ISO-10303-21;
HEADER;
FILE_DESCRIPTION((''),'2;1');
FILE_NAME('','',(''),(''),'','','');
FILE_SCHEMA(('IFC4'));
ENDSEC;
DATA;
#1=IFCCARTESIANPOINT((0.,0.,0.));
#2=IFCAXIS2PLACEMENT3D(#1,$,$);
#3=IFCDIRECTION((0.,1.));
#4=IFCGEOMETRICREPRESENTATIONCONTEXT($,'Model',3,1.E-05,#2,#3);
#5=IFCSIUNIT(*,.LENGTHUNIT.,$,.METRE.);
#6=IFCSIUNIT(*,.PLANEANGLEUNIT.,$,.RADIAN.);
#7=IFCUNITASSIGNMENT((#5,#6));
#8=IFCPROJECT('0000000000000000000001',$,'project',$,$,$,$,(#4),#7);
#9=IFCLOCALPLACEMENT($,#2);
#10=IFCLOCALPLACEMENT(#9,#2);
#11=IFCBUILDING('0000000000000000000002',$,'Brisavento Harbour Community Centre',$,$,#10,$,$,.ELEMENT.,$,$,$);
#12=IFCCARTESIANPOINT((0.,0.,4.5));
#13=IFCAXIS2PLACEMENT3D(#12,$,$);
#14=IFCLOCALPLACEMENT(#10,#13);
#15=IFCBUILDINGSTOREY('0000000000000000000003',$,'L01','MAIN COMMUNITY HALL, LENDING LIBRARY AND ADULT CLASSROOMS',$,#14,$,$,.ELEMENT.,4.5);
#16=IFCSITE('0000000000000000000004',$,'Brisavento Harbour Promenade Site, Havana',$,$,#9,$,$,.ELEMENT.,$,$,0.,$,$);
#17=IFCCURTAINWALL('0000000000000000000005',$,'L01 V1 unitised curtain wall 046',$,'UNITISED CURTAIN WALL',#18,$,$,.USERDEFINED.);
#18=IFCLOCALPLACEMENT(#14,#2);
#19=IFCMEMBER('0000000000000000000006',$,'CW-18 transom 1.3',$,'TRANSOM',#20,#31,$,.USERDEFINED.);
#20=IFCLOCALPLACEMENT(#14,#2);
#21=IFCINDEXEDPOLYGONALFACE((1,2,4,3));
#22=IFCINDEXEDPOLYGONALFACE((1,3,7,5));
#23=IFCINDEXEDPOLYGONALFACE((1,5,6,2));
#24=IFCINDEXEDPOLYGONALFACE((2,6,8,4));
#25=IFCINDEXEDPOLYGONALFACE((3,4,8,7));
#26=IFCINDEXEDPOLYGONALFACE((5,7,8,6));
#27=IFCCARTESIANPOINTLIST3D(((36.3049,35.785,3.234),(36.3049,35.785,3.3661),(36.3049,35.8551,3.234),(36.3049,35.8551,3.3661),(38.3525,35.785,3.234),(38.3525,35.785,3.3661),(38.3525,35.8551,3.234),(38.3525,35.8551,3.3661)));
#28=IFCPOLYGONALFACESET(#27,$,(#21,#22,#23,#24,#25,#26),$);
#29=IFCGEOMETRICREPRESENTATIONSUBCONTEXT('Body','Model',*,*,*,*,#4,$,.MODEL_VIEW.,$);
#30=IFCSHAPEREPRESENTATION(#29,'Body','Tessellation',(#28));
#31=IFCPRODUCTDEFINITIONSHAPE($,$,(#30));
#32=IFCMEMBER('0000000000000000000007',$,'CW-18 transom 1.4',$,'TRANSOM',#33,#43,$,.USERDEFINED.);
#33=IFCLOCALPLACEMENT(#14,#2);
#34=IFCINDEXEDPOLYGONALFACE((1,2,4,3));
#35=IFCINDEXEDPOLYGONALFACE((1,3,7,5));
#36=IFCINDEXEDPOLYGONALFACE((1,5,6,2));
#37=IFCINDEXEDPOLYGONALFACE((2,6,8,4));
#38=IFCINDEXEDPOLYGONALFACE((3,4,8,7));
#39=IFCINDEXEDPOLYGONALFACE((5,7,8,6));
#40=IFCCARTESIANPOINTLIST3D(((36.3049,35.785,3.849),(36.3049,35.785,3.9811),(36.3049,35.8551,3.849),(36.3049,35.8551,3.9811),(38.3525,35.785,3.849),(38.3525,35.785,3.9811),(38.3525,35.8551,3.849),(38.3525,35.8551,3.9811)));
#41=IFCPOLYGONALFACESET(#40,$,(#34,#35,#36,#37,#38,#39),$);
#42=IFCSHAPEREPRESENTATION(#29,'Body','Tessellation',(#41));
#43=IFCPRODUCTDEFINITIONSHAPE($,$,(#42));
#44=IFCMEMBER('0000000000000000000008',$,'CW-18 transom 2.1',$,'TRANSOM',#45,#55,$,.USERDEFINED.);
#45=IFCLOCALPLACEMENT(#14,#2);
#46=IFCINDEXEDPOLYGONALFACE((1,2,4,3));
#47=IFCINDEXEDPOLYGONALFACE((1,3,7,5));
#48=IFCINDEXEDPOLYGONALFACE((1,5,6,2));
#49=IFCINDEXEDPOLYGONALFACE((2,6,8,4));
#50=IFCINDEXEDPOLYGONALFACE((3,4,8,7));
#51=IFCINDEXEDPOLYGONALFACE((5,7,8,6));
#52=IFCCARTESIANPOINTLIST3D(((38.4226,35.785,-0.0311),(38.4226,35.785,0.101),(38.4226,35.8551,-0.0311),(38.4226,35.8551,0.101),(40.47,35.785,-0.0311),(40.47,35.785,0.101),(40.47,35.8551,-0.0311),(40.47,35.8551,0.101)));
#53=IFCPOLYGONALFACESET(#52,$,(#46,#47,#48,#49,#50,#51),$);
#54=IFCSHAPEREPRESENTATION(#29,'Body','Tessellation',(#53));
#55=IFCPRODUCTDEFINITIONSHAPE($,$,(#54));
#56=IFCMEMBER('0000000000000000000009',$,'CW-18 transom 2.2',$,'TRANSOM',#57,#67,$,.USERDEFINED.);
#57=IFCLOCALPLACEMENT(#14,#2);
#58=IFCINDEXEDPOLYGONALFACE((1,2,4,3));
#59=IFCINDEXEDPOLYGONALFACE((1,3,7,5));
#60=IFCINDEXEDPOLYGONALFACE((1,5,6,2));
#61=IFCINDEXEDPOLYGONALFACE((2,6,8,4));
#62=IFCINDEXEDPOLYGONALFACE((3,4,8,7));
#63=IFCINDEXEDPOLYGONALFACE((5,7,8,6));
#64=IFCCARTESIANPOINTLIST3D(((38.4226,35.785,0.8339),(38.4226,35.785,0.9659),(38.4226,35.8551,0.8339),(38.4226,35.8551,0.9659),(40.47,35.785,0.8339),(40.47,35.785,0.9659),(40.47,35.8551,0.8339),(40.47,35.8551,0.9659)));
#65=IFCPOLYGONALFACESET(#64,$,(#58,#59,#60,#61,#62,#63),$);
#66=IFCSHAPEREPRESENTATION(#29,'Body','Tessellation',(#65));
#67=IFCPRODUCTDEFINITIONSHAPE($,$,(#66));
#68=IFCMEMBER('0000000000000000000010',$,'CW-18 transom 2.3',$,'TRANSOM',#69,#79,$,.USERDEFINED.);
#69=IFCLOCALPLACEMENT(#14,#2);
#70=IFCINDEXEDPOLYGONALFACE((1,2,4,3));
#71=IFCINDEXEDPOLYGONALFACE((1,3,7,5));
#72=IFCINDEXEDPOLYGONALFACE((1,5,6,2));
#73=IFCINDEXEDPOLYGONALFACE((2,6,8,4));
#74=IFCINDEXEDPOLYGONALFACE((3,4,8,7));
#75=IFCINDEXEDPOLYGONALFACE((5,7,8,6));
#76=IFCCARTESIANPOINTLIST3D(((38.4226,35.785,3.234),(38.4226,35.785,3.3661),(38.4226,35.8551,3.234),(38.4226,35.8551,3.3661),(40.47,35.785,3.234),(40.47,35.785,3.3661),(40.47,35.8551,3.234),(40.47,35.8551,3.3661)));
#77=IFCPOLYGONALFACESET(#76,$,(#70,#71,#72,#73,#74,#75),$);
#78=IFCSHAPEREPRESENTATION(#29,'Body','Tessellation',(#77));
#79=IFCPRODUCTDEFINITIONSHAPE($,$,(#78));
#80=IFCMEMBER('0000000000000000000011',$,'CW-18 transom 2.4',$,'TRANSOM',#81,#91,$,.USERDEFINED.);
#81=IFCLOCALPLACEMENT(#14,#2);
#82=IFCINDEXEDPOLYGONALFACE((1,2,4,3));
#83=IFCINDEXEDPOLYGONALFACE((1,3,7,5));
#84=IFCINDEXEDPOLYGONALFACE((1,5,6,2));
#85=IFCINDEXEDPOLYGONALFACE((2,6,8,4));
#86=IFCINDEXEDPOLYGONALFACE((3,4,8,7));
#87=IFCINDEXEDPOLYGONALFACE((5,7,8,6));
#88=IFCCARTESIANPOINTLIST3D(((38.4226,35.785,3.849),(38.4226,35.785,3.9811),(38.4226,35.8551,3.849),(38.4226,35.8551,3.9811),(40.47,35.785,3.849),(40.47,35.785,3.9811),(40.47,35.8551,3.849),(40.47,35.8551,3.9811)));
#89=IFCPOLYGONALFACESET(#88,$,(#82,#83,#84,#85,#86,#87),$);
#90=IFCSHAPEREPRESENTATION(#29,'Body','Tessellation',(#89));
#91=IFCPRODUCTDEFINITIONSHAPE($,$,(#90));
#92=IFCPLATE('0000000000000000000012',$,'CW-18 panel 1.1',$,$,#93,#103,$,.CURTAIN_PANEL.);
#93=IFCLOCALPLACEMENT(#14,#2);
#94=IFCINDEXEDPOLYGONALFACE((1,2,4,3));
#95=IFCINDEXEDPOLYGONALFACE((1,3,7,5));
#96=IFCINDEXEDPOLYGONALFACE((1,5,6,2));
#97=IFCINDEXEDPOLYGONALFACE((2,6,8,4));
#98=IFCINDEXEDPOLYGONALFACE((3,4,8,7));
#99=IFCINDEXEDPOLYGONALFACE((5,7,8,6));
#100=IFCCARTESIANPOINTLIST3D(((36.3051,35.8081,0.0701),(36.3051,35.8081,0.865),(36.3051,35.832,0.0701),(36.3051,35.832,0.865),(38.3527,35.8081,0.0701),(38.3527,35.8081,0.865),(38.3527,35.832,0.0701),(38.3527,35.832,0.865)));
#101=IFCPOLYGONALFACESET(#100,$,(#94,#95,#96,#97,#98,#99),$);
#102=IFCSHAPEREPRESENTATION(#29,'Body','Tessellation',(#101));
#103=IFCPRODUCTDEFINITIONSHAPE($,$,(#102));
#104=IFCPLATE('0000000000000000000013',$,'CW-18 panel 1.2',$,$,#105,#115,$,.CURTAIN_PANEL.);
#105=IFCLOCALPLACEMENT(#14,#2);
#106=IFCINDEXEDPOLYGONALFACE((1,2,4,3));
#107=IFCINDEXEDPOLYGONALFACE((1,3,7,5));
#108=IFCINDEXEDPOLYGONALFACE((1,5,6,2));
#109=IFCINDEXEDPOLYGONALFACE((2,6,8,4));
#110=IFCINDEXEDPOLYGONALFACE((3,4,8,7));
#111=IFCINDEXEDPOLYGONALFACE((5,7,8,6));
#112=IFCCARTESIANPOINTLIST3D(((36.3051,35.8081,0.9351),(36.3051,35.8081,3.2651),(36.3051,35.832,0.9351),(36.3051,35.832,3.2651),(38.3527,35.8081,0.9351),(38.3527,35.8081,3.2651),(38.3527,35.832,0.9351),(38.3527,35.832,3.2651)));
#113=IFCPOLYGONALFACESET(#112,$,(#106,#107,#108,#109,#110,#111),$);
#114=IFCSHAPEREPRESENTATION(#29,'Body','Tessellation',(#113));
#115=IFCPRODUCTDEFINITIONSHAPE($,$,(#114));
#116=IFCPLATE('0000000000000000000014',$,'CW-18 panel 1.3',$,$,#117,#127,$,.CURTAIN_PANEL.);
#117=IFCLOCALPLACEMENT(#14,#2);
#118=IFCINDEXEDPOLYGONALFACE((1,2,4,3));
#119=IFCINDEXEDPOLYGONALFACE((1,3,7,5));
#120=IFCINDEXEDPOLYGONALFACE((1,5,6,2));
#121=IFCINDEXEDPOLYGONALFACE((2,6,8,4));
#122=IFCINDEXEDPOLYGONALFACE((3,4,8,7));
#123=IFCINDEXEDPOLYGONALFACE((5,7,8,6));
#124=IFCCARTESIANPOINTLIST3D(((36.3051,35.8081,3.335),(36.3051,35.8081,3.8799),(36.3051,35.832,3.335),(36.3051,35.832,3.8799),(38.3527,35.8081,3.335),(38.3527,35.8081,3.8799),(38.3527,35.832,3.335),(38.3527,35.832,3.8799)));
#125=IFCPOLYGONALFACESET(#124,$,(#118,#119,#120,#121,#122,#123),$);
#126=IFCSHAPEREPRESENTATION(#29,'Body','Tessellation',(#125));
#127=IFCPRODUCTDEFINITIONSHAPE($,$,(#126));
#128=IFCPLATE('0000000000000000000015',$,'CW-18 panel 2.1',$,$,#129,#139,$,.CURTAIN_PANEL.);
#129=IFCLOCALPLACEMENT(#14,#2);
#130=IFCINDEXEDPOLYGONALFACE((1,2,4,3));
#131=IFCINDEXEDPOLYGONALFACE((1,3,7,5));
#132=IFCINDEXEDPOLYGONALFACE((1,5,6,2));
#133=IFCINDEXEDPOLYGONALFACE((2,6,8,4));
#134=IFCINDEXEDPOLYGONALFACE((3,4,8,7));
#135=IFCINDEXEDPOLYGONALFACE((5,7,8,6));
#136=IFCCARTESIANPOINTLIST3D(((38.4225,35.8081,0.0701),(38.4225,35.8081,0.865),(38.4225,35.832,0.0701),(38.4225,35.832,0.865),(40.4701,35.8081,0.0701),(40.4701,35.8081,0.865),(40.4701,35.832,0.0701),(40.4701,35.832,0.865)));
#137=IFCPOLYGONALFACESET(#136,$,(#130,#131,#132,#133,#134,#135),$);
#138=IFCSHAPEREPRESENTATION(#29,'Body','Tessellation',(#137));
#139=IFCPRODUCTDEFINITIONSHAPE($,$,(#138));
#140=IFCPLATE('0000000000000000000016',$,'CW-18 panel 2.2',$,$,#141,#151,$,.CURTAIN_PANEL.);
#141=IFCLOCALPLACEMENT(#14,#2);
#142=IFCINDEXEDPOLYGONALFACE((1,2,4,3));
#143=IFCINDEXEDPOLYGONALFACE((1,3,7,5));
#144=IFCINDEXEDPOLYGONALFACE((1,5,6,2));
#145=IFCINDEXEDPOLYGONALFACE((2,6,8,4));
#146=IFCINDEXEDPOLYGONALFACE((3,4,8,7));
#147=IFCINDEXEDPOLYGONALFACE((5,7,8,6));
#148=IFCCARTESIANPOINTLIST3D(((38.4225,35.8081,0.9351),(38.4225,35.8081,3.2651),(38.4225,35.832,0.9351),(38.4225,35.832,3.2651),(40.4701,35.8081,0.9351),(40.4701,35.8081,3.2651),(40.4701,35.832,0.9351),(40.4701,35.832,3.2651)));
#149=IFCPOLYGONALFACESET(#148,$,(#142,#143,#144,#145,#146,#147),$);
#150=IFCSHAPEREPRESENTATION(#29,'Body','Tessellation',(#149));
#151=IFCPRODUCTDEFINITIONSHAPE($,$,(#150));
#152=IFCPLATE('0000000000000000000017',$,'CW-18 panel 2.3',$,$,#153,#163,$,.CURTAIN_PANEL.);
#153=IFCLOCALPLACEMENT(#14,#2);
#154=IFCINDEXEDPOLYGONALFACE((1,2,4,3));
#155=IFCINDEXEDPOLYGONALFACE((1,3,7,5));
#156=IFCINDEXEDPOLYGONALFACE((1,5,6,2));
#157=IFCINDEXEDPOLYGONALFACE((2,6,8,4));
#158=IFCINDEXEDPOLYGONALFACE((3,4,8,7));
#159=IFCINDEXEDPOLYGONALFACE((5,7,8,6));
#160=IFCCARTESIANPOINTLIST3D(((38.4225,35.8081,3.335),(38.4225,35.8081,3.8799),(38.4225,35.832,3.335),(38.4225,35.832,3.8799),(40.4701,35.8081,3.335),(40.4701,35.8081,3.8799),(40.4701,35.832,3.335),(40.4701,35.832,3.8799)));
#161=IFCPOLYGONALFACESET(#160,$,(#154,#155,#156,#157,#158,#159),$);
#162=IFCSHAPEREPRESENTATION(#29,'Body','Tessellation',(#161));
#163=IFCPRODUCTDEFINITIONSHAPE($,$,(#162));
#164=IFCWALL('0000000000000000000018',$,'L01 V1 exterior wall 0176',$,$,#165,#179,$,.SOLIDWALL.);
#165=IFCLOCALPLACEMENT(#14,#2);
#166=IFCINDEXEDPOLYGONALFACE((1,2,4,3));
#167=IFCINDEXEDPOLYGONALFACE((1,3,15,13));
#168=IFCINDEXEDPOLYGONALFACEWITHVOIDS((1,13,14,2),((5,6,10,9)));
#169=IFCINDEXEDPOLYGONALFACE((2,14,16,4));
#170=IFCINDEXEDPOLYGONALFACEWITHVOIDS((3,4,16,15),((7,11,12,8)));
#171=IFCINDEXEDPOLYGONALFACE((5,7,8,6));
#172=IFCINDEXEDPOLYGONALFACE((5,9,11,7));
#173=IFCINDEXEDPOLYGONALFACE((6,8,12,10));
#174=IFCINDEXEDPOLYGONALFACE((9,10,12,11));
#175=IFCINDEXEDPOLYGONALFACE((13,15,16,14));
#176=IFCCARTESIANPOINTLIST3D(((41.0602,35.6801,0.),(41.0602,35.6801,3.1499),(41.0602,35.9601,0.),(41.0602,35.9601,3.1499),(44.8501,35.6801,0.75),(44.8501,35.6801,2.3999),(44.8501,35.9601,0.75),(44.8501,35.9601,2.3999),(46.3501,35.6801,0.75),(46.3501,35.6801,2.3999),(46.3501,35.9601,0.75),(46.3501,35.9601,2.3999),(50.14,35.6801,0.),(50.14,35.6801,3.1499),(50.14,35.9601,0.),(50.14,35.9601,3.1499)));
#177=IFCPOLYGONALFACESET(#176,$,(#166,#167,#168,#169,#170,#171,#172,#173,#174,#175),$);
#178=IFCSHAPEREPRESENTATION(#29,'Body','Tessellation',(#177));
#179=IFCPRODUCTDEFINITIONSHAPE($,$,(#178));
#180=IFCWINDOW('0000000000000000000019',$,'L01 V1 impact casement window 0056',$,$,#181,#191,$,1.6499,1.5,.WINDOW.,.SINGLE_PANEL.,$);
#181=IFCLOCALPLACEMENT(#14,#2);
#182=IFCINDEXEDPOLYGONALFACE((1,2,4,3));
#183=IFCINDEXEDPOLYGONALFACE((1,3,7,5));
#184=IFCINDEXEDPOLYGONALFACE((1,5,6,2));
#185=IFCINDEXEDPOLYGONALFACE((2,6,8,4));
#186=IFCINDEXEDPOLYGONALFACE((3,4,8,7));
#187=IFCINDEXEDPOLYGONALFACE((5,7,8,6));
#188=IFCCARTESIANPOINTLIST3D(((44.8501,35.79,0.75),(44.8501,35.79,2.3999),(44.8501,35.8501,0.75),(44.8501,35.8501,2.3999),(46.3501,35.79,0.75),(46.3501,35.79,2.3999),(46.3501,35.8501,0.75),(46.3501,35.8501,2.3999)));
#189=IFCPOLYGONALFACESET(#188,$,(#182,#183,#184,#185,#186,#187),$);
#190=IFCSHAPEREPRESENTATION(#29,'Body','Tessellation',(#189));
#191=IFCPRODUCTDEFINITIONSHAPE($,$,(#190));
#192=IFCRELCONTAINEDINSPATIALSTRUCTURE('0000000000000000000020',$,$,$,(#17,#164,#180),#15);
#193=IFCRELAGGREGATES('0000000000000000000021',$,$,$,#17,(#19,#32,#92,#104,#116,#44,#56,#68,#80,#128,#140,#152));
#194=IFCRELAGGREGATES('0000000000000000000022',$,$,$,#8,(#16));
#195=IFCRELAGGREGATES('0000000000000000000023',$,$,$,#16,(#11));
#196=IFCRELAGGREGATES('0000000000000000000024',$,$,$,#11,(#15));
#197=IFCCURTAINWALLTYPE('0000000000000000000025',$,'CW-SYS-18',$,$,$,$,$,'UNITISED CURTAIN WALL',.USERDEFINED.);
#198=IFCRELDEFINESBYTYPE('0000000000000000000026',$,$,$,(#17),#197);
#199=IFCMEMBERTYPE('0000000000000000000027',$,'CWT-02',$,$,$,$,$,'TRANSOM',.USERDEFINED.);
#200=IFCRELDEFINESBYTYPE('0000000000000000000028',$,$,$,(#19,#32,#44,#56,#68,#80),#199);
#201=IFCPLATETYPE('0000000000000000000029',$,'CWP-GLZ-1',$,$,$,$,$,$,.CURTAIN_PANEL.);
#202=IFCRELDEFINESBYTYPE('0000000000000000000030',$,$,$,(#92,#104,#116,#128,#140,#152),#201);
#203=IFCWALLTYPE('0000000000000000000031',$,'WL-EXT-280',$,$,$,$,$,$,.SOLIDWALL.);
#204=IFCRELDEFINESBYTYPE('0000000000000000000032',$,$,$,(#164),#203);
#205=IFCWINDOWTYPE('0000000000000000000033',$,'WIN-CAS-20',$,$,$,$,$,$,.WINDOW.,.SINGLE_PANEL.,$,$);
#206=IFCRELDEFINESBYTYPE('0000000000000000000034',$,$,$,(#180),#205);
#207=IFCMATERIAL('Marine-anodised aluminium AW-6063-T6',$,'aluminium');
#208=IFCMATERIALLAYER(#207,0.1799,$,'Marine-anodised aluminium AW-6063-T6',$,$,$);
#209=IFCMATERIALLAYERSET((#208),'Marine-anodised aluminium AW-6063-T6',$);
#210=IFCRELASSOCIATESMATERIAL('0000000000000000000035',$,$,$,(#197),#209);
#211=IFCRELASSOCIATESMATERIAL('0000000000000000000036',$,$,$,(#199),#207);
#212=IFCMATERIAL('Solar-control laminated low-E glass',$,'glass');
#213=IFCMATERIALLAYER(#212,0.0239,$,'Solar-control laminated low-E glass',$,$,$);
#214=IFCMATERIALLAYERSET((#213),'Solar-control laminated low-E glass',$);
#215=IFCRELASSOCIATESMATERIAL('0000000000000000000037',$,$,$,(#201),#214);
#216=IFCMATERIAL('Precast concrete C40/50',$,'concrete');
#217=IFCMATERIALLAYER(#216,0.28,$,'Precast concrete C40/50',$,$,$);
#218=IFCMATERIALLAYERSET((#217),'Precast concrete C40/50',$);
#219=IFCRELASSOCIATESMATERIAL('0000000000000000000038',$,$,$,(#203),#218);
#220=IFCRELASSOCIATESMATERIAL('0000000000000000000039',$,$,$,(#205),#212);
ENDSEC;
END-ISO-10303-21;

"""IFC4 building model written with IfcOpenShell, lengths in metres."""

from ifc_helpers import new_model, si_unit, direction, frame, frame_2d, origin, origin_2d, place, context, subcontext, project, spatial, rectangle, extrude, material, layer, layer_set, material_profile, profile_set, type_object, element, fill, aggregate, save


model = new_model("IFC4")

# Units and contexts
model_context = context("Model", 3, precision=1e-05, world=origin(), true_north=direction((0.0, 1.0)))
body_context = subcontext(model_context, "Body", "Model", "MODEL_VIEW")
ifc_project = project(units=[si_unit("LENGTHUNIT", "METRE"), si_unit("PLANEANGLEUNIT", "RADIAN")], contexts=[model_context])

# Site, building, storey
site_placement = place(None, origin())
site = spatial("IfcSite", under=ifc_project, at=site_placement, Name="Brisavento Harbour Promenade Site, Havana", CompositionType="ELEMENT", RefElevation=0.0)
building_placement = place(site_placement, origin())
building = spatial("IfcBuilding", under=site, at=building_placement, Name="Brisavento Harbour Community Centre", CompositionType="ELEMENT")
storey_placement = place(building_placement, frame((0.0, 0.0, 4.5)))
storey = spatial("IfcBuildingStorey", under=building, at=storey_placement, Name="L01", Description="MAIN COMMUNITY HALL, LENDING LIBRARY AND ADULT CLASSROOMS", CompositionType="ELEMENT", Elevation=4.5)

# Shared definitions
ifc_material_1 = material(Name="Marine-anodised aluminium AW-6063-T6", Category="aluminium")

# Curtain wall, members, plates
ifc_layer_1 = layer(ifc_material_1, 0.1799, Name="Marine-anodised aluminium AW-6063-T6")
ifc_layer_set_1 = layer_set([ifc_layer_1], Name="Marine-anodised aluminium AW-6063-T6")
curtain_wall_type_1 = type_object("IfcCurtainWallType", Name="CW-SYS-18", ElementType="UNITISED CURTAIN WALL", PredefinedType="USERDEFINED", material=ifc_layer_set_1)
curtain_wall_1_placement = place(storey_placement, origin())
curtain_wall_1 = element("IfcCurtainWall", 1, at=curtain_wall_1_placement, inside=storey, type_object=curtain_wall_type_1, Name="L01 V1 unitised curtain wall 046", ObjectType="UNITISED CURTAIN WALL", PredefinedType="USERDEFINED")
ifc_material_profile_1 = material_profile(ifc_material_1, rectangle(XDim=0.0701, YDim=0.1321, at=origin_2d()), Name="Marine-anodised aluminium AW-6063-T6")
ifc_profile_set_1 = profile_set([ifc_material_profile_1], Name="Marine-anodised aluminium AW-6063-T6")
member_type_1 = type_object("IfcMemberType", Name="CWT-02", ElementType="TRANSOM", PredefinedType="USERDEFINED", material=ifc_profile_set_1)
member_1_placement = place(storey_placement, frame((36.3049, 35.8201, 3.3), z_axis=(1.0, 0.0, 0.0), x_axis=(0.0, 1.0, 0.0)))
member_1 = element("IfcMember", 2, at=member_1_placement, type_object=member_type_1, Name="CW-18 transom 1.3", ObjectType="TRANSOM", PredefinedType="USERDEFINED", context=body_context, shape_type="SweptSolid", body=[
    extrude(rectangle(XDim=0.0701, YDim=0.1321, at=origin_2d()), origin(), (0.0, 0.0, 1.0), 2.0476),
])
member_2_placement = place(storey_placement, frame((36.3049, 35.8201, 3.915), z_axis=(1.0, 0.0, 0.0), x_axis=(0.0, 1.0, 0.0)))
member_2 = element("IfcMember", 3, at=member_2_placement, type_object=member_type_1, Name="CW-18 transom 1.4", ObjectType="TRANSOM", PredefinedType="USERDEFINED", context=body_context, shape_type="SweptSolid", body=[
    extrude(rectangle(XDim=0.0701, YDim=0.1321, at=origin_2d()), origin(), (0.0, 0.0, 1.0), 2.0476),
])
member_3_placement = place(storey_placement, frame((38.4226, 35.8201, 0.0349), z_axis=(1.0, 0.0, 0.0), x_axis=(0.0, 1.0, 0.0)))
member_3 = element("IfcMember", 4, at=member_3_placement, type_object=member_type_1, Name="CW-18 transom 2.1", ObjectType="TRANSOM", PredefinedType="USERDEFINED", context=body_context, shape_type="SweptSolid", body=[
    extrude(rectangle(XDim=0.0701, YDim=0.1321, at=origin_2d()), origin(), (0.0, 0.0, 1.0), 2.0474),
])
member_4_placement = place(storey_placement, frame((38.4226, 35.8201, 0.8999), z_axis=(1.0, 0.0, 0.0), x_axis=(0.0, 1.0, 0.0)))
member_4 = element("IfcMember", 5, at=member_4_placement, type_object=member_type_1, Name="CW-18 transom 2.2", ObjectType="TRANSOM", PredefinedType="USERDEFINED", context=body_context, shape_type="SweptSolid", body=[
    extrude(rectangle(XDim=0.0701, YDim=0.1321, at=origin_2d()), origin(), (0.0, 0.0, 1.0), 2.0474),
])
member_5_placement = place(storey_placement, frame((38.4226, 35.8201, 3.3), z_axis=(1.0, 0.0, 0.0), x_axis=(0.0, 1.0, 0.0)))
member_5 = element("IfcMember", 6, at=member_5_placement, type_object=member_type_1, Name="CW-18 transom 2.3", ObjectType="TRANSOM", PredefinedType="USERDEFINED", context=body_context, shape_type="SweptSolid", body=[
    extrude(rectangle(XDim=0.0701, YDim=0.1321, at=origin_2d()), origin(), (0.0, 0.0, 1.0), 2.0474),
])
member_6_placement = place(storey_placement, frame((38.4226, 35.8201, 3.915), z_axis=(1.0, 0.0, 0.0), x_axis=(0.0, 1.0, 0.0)))
member_6 = element("IfcMember", 7, at=member_6_placement, type_object=member_type_1, Name="CW-18 transom 2.4", ObjectType="TRANSOM", PredefinedType="USERDEFINED", context=body_context, shape_type="SweptSolid", body=[
    extrude(rectangle(XDim=0.0701, YDim=0.1321, at=origin_2d()), origin(), (0.0, 0.0, 1.0), 2.0474),
])
ifc_material_2 = material(Name="Solar-control laminated low-E glass", Category="glass")
ifc_layer_2 = layer(ifc_material_2, 0.0239, Name="Solar-control laminated low-E glass")
ifc_layer_set_2 = layer_set([ifc_layer_2], Name="Solar-control laminated low-E glass")
plate_type = type_object("IfcPlateType", Name="CWP-GLZ-1", PredefinedType="CURTAIN_PANEL", material=ifc_layer_set_2)
plate_1_placement = place(storey_placement, frame((37.3289, 35.8201, 0.0701), z_axis=(0.0, 0.0, 1.0), x_axis=(1.0, 0.0, 0.0)))
plate_1 = element("IfcPlate", 8, at=plate_1_placement, type_object=plate_type, Name="CW-18 panel 1.1", PredefinedType="CURTAIN_PANEL", context=body_context, shape_type="SweptSolid", body=[
    extrude(rectangle(XDim=2.0476, YDim=0.0239, at=origin_2d()), origin(), (0.0, 0.0, 1.0), 0.7949),
])
plate_2_placement = place(storey_placement, frame((37.3289, 35.8201, 0.9351), z_axis=(0.0, 0.0, 1.0), x_axis=(1.0, 0.0, 0.0)))
plate_2 = element("IfcPlate", 9, at=plate_2_placement, type_object=plate_type, Name="CW-18 panel 1.2", PredefinedType="CURTAIN_PANEL", context=body_context, shape_type="SweptSolid", body=[
    extrude(rectangle(XDim=2.0476, YDim=0.0239, at=origin_2d()), origin(), (0.0, 0.0, 1.0), 2.3301),
])
plate_3_placement = place(storey_placement, frame((37.3289, 35.8201, 3.335), z_axis=(0.0, 0.0, 1.0), x_axis=(1.0, 0.0, 0.0)))
plate_3 = element("IfcPlate", 10, at=plate_3_placement, type_object=plate_type, Name="CW-18 panel 1.3", PredefinedType="CURTAIN_PANEL", context=body_context, shape_type="SweptSolid", body=[
    extrude(rectangle(XDim=2.0476, YDim=0.0239, at=origin_2d()), origin(), (0.0, 0.0, 1.0), 0.5449),
])
plate_4_placement = place(storey_placement, frame((39.4463, 35.8201, 0.0701), z_axis=(0.0, 0.0, 1.0), x_axis=(1.0, 0.0, 0.0)))
plate_4 = element("IfcPlate", 11, at=plate_4_placement, type_object=plate_type, Name="CW-18 panel 2.1", PredefinedType="CURTAIN_PANEL", context=body_context, shape_type="SweptSolid", body=[
    extrude(rectangle(XDim=2.0476, YDim=0.0239, at=origin_2d()), origin(), (0.0, 0.0, 1.0), 0.7949),
])
plate_5_placement = place(storey_placement, frame((39.4463, 35.8201, 0.9351), z_axis=(0.0, 0.0, 1.0), x_axis=(1.0, 0.0, 0.0)))
plate_5 = element("IfcPlate", 12, at=plate_5_placement, type_object=plate_type, Name="CW-18 panel 2.2", PredefinedType="CURTAIN_PANEL", context=body_context, shape_type="SweptSolid", body=[
    extrude(rectangle(XDim=2.0476, YDim=0.0239, at=origin_2d()), origin(), (0.0, 0.0, 1.0), 2.3301),
])
plate_6_placement = place(storey_placement, frame((39.4463, 35.8201, 3.335), z_axis=(0.0, 0.0, 1.0), x_axis=(1.0, 0.0, 0.0)))
plate_6 = element("IfcPlate", 13, at=plate_6_placement, type_object=plate_type, Name="CW-18 panel 2.3", PredefinedType="CURTAIN_PANEL", context=body_context, shape_type="SweptSolid", body=[
    extrude(rectangle(XDim=2.0476, YDim=0.0239, at=origin_2d()), origin(), (0.0, 0.0, 1.0), 0.5449),
])
aggregate(curtain_wall_1, [member_1, member_2, plate_1, plate_2, plate_3, member_3, member_4, member_5, member_6, plate_4, plate_5, plate_6])

# Wall, opening, window
ifc_material_3 = material(Name="Precast concrete C40/50", Category="concrete")
ifc_layer_3 = layer(ifc_material_3, 0.28, Name="Precast concrete C40/50")
ifc_layer_set_3 = layer_set([ifc_layer_3], Name="Precast concrete C40/50")
wall_type = type_object("IfcWallType", Name="WL-EXT-280", PredefinedType="SOLIDWALL", material=ifc_layer_set_3)
wall_placement = place(storey_placement, frame((41.0601, 35.8201, 0.0), z_axis=(0.0, 0.0, 1.0), x_axis=(1.0, 0.0, 0.0)))
wall = element("IfcWall", 14, at=wall_placement, inside=storey, type_object=wall_type, Name="L01 V1 exterior wall 0176", PredefinedType="SOLIDWALL", context=body_context, shape_type="SweptSolid", body=[
    extrude(rectangle(XDim=9.0798, YDim=0.28, at=frame_2d((4.54, 0.0))), origin(), (0.0, 0.0, 1.0), 3.1499),
])
opening_placement = place(wall_placement, frame((3.79, 0.0, 0.75)))
opening = element("IfcOpeningElement", 15, at=opening_placement, cuts=wall, PredefinedType="OPENING", context=body_context, shape_type="SweptSolid", body=[
    extrude(rectangle(XDim=1.5, YDim=1.6499, at=frame_2d((0.75, 0.825))), frame((0.0, 0.1499, 0.0), z_axis=(0.0, -1.0, 0.0), x_axis=(1.0, 0.0, 0.0)), (0.0, 0.0, 1.0), 0.3),
])
window_type = type_object("IfcWindowType", Name="WIN-CAS-20", PartitioningType="SINGLE_PANEL", PredefinedType="WINDOW", material=ifc_material_2)
window_placement = place(opening_placement, origin())
window = element("IfcWindow", 16, at=window_placement, inside=storey, type_object=window_type, Name="L01 V1 impact casement window 0056", OverallHeight=1.6499, OverallWidth=1.5, PartitioningType="SINGLE_PANEL", PredefinedType="WINDOW", context=body_context, shape_type="SweptSolid", body=[
    extrude(rectangle(XDim=1.5, YDim=1.6499, at=frame_2d((0.75, 0.825))), frame((0.0, 0.03, 0.0), z_axis=(0.0, -1.0, 0.0), x_axis=(1.0, 0.0, 0.0)), (0.0, 0.0, 1.0), 0.0601),
])
fill(opening, window)

save(model, "model.ifc")
